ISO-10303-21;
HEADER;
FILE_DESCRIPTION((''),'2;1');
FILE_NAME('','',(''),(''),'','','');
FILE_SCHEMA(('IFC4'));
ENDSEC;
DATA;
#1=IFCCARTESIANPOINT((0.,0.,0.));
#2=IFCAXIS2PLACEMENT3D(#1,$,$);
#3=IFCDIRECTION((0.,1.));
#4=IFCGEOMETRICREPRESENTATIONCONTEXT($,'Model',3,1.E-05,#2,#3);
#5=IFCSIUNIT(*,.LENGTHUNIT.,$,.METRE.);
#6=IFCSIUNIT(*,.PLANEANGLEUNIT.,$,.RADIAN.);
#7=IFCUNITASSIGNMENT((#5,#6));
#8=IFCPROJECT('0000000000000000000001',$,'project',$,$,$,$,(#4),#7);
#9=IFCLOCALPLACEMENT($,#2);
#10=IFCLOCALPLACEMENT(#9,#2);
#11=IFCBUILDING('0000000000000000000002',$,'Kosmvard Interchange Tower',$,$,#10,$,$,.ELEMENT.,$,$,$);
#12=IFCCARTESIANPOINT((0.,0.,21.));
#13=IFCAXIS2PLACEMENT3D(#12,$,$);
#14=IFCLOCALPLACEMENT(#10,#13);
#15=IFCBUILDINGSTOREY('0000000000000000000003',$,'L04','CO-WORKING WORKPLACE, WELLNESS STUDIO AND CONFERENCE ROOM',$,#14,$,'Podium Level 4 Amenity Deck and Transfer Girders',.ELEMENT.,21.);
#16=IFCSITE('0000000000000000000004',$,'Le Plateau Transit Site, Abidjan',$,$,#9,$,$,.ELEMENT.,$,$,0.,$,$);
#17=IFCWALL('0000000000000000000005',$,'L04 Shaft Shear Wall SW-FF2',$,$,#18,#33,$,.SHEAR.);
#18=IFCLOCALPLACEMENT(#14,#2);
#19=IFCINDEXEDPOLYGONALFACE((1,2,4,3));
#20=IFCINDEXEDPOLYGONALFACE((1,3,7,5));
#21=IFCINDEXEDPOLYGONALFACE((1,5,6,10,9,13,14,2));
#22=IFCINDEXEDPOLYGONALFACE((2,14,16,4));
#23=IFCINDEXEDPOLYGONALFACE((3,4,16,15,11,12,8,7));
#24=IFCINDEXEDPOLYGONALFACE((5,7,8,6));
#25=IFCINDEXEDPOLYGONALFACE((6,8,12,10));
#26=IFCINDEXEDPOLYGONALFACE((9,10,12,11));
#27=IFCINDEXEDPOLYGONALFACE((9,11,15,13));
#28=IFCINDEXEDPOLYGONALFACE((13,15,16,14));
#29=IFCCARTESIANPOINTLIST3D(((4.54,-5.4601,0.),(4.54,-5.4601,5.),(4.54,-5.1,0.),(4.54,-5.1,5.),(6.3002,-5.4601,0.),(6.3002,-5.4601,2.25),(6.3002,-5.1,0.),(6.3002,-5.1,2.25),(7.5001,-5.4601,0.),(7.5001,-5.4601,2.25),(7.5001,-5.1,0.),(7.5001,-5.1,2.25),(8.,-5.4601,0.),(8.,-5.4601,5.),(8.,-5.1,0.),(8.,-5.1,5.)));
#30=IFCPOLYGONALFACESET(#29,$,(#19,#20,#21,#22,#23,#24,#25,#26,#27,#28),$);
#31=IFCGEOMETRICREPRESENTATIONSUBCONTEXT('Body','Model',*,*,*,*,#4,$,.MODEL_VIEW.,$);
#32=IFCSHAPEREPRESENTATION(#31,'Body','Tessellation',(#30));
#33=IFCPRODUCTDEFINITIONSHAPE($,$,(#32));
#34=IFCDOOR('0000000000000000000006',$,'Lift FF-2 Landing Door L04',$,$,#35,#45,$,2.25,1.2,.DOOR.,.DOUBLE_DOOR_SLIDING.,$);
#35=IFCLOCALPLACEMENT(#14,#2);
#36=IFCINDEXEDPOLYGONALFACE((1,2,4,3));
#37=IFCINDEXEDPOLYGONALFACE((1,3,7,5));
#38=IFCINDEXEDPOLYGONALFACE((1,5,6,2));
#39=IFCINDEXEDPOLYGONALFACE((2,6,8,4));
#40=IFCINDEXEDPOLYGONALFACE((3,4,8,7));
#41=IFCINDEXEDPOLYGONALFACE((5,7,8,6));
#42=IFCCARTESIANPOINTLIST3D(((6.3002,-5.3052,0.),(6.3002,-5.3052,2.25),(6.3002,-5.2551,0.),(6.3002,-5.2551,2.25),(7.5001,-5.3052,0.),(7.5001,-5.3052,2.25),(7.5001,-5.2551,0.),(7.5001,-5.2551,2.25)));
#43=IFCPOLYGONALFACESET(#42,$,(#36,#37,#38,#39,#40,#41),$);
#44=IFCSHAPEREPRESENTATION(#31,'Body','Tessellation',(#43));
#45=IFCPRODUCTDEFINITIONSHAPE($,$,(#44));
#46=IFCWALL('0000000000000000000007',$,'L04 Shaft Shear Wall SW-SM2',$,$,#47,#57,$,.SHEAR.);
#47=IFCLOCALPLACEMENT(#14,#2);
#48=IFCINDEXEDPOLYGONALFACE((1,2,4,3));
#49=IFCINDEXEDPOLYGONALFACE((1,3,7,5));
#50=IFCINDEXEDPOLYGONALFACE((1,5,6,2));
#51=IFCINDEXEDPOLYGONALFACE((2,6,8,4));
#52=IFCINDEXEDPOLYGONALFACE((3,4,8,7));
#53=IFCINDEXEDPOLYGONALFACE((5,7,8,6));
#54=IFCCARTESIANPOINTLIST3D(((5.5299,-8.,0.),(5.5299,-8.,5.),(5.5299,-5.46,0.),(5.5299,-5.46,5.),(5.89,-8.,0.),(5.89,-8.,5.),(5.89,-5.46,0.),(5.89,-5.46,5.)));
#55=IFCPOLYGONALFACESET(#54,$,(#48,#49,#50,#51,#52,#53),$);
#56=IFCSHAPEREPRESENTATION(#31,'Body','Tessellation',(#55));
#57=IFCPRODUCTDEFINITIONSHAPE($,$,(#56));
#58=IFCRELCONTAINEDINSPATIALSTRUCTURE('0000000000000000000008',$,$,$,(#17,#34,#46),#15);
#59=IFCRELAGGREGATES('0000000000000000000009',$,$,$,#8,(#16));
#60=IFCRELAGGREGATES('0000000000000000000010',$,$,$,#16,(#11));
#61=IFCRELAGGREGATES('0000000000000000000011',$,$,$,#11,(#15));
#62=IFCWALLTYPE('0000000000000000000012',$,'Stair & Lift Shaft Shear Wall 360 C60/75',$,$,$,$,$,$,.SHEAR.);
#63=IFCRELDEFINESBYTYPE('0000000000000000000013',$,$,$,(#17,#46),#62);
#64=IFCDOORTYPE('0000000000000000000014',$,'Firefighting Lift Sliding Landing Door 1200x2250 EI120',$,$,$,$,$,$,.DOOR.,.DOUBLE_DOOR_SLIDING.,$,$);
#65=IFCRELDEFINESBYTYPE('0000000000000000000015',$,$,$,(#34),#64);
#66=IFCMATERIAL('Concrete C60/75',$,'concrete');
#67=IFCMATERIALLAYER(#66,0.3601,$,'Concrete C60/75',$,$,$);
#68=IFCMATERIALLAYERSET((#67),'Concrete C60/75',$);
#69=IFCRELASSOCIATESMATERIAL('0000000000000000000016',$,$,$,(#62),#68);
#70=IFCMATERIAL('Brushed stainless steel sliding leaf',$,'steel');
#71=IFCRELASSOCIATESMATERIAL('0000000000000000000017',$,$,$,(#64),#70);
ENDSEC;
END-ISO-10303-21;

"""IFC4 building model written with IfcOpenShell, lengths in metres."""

from ifc_helpers import new_model, si_unit, direction, frame, frame_2d, origin, place, context, subcontext, project, spatial, rectangle, extrude, source, transform, mapped, material, layer, layer_set, type_object, element, fill, save


model = new_model("IFC4")

# Units and contexts
model_context = context("Model", 3, precision=1e-05, world=origin(), true_north=direction((0.0, 1.0)))
body_context = subcontext(model_context, "Body", "Model", "MODEL_VIEW")
ifc_project = project(units=[si_unit("LENGTHUNIT", "METRE"), si_unit("PLANEANGLEUNIT", "RADIAN")], contexts=[model_context])

# Site, building, storey
site_placement = place(None, origin())
site = spatial("IfcSite", under=ifc_project, at=site_placement, Name="Le Plateau Transit Site, Abidjan", CompositionType="ELEMENT", RefElevation=0.0)
building_placement = place(site_placement, origin())
building = spatial("IfcBuilding", under=site, at=building_placement, Name="Kosmvard Interchange Tower", CompositionType="ELEMENT")
storey_placement = place(building_placement, frame((0.0, 0.0, 21.0)))
storey = spatial("IfcBuildingStorey", under=building, at=storey_placement, Name="L04", Description="CO-WORKING WORKPLACE, WELLNESS STUDIO AND CONFERENCE ROOM", LongName="Podium Level 4 Amenity Deck and Transfer Girders", CompositionType="ELEMENT", Elevation=21.0)

# Shared definitions
ifc_material_1 = material(Name="Brushed stainless steel sliding leaf", Category="steel")

# Shared definitions
ifc_material_2 = material(Name="Concrete C60/75", Category="concrete")
ifc_layer_1 = layer(ifc_material_2, 0.3601, Name="Concrete C60/75")
ifc_layer_set_1 = layer_set([ifc_layer_1], Name="Concrete C60/75")
wall_type_1 = type_object("IfcWallType", Name="Stair & Lift Shaft Shear Wall 360 C60/75", PredefinedType="SHEAR", material=ifc_layer_set_1)

# Wall, opening, door
wall_1_placement = place(storey_placement, frame((4.54, -5.28, 0.0), z_axis=(0.0, 0.0, 1.0), x_axis=(1.0, 0.0, 0.0)))
wall_1 = element("IfcWall", 1, at=wall_1_placement, inside=storey, type_object=wall_type_1, Name="L04 Shaft Shear Wall SW-FF2", PredefinedType="SHEAR", context=body_context, shape_type="SweptSolid", body=[
    extrude(rectangle(XDim=3.46, YDim=0.3601, at=frame_2d((1.73, 0.0))), origin(), (0.0, 0.0, 1.0), 5.0),
])
opening_1_placement = place(wall_1_placement, frame((1.76, 0.0, 0.0)))
opening_1 = element("IfcOpeningElement", 2, at=opening_1_placement, cuts=wall_1, PredefinedType="OPENING", context=body_context, shape_type="SweptSolid", body=[
    extrude(rectangle(XDim=1.2, YDim=2.25, at=frame_2d((0.6001, 1.125))), frame((0.0, 0.1899, 0.0), z_axis=(0.0, -1.0, 0.0), x_axis=(1.0, 0.0, 0.0)), (0.0, 0.0, 1.0), 0.3801),
])
door_type_1 = type_object("IfcDoorType", Name="Firefighting Lift Sliding Landing Door 1200x2250 EI120", OperationType="DOUBLE_DOOR_SLIDING", PredefinedType="DOOR", material=ifc_material_1)
shared_shape_1 = source(origin(), body_context, "Body", "SweptSolid", [
    extrude(rectangle(XDim=1.2, YDim=2.25, at=frame_2d((0.6001, 1.125))), frame((0.0, 0.0249, 0.0), z_axis=(0.0, -1.0, 0.0), x_axis=(1.0, 0.0, 0.0)), (0.0, 0.0, 1.0), 0.05),
])
door_1_placement = place(opening_1_placement, origin())
door_1 = element("IfcDoor", 3, at=door_1_placement, inside=storey, type_object=door_type_1, Name="Lift FF-2 Landing Door L04", OperationType="DOUBLE_DOOR_SLIDING", OverallHeight=2.25, OverallWidth=1.2, PredefinedType="DOOR", context=body_context, shape_type="MappedRepresentation", body=[
    mapped(shared_shape_1, transform((0.0, 0.0, 0.0), scale=1.0)),
])
fill(opening_1, door_1)

# Wall
wall_2_placement = place(storey_placement, frame((5.71, -8.0, 0.0), z_axis=(0.0, 0.0, 1.0), x_axis=(0.0, 1.0, 0.0)))
element("IfcWall", 4, at=wall_2_placement, inside=storey, type_object=wall_type_1, Name="L04 Shaft Shear Wall SW-SM2", PredefinedType="SHEAR", context=body_context, shape_type="SweptSolid", body=[
    extrude(rectangle(XDim=2.54, YDim=0.3601, at=frame_2d((1.27, 0.0))), origin(), (0.0, 0.0, 1.0), 5.0),
])

save(model, "model.ifc")
